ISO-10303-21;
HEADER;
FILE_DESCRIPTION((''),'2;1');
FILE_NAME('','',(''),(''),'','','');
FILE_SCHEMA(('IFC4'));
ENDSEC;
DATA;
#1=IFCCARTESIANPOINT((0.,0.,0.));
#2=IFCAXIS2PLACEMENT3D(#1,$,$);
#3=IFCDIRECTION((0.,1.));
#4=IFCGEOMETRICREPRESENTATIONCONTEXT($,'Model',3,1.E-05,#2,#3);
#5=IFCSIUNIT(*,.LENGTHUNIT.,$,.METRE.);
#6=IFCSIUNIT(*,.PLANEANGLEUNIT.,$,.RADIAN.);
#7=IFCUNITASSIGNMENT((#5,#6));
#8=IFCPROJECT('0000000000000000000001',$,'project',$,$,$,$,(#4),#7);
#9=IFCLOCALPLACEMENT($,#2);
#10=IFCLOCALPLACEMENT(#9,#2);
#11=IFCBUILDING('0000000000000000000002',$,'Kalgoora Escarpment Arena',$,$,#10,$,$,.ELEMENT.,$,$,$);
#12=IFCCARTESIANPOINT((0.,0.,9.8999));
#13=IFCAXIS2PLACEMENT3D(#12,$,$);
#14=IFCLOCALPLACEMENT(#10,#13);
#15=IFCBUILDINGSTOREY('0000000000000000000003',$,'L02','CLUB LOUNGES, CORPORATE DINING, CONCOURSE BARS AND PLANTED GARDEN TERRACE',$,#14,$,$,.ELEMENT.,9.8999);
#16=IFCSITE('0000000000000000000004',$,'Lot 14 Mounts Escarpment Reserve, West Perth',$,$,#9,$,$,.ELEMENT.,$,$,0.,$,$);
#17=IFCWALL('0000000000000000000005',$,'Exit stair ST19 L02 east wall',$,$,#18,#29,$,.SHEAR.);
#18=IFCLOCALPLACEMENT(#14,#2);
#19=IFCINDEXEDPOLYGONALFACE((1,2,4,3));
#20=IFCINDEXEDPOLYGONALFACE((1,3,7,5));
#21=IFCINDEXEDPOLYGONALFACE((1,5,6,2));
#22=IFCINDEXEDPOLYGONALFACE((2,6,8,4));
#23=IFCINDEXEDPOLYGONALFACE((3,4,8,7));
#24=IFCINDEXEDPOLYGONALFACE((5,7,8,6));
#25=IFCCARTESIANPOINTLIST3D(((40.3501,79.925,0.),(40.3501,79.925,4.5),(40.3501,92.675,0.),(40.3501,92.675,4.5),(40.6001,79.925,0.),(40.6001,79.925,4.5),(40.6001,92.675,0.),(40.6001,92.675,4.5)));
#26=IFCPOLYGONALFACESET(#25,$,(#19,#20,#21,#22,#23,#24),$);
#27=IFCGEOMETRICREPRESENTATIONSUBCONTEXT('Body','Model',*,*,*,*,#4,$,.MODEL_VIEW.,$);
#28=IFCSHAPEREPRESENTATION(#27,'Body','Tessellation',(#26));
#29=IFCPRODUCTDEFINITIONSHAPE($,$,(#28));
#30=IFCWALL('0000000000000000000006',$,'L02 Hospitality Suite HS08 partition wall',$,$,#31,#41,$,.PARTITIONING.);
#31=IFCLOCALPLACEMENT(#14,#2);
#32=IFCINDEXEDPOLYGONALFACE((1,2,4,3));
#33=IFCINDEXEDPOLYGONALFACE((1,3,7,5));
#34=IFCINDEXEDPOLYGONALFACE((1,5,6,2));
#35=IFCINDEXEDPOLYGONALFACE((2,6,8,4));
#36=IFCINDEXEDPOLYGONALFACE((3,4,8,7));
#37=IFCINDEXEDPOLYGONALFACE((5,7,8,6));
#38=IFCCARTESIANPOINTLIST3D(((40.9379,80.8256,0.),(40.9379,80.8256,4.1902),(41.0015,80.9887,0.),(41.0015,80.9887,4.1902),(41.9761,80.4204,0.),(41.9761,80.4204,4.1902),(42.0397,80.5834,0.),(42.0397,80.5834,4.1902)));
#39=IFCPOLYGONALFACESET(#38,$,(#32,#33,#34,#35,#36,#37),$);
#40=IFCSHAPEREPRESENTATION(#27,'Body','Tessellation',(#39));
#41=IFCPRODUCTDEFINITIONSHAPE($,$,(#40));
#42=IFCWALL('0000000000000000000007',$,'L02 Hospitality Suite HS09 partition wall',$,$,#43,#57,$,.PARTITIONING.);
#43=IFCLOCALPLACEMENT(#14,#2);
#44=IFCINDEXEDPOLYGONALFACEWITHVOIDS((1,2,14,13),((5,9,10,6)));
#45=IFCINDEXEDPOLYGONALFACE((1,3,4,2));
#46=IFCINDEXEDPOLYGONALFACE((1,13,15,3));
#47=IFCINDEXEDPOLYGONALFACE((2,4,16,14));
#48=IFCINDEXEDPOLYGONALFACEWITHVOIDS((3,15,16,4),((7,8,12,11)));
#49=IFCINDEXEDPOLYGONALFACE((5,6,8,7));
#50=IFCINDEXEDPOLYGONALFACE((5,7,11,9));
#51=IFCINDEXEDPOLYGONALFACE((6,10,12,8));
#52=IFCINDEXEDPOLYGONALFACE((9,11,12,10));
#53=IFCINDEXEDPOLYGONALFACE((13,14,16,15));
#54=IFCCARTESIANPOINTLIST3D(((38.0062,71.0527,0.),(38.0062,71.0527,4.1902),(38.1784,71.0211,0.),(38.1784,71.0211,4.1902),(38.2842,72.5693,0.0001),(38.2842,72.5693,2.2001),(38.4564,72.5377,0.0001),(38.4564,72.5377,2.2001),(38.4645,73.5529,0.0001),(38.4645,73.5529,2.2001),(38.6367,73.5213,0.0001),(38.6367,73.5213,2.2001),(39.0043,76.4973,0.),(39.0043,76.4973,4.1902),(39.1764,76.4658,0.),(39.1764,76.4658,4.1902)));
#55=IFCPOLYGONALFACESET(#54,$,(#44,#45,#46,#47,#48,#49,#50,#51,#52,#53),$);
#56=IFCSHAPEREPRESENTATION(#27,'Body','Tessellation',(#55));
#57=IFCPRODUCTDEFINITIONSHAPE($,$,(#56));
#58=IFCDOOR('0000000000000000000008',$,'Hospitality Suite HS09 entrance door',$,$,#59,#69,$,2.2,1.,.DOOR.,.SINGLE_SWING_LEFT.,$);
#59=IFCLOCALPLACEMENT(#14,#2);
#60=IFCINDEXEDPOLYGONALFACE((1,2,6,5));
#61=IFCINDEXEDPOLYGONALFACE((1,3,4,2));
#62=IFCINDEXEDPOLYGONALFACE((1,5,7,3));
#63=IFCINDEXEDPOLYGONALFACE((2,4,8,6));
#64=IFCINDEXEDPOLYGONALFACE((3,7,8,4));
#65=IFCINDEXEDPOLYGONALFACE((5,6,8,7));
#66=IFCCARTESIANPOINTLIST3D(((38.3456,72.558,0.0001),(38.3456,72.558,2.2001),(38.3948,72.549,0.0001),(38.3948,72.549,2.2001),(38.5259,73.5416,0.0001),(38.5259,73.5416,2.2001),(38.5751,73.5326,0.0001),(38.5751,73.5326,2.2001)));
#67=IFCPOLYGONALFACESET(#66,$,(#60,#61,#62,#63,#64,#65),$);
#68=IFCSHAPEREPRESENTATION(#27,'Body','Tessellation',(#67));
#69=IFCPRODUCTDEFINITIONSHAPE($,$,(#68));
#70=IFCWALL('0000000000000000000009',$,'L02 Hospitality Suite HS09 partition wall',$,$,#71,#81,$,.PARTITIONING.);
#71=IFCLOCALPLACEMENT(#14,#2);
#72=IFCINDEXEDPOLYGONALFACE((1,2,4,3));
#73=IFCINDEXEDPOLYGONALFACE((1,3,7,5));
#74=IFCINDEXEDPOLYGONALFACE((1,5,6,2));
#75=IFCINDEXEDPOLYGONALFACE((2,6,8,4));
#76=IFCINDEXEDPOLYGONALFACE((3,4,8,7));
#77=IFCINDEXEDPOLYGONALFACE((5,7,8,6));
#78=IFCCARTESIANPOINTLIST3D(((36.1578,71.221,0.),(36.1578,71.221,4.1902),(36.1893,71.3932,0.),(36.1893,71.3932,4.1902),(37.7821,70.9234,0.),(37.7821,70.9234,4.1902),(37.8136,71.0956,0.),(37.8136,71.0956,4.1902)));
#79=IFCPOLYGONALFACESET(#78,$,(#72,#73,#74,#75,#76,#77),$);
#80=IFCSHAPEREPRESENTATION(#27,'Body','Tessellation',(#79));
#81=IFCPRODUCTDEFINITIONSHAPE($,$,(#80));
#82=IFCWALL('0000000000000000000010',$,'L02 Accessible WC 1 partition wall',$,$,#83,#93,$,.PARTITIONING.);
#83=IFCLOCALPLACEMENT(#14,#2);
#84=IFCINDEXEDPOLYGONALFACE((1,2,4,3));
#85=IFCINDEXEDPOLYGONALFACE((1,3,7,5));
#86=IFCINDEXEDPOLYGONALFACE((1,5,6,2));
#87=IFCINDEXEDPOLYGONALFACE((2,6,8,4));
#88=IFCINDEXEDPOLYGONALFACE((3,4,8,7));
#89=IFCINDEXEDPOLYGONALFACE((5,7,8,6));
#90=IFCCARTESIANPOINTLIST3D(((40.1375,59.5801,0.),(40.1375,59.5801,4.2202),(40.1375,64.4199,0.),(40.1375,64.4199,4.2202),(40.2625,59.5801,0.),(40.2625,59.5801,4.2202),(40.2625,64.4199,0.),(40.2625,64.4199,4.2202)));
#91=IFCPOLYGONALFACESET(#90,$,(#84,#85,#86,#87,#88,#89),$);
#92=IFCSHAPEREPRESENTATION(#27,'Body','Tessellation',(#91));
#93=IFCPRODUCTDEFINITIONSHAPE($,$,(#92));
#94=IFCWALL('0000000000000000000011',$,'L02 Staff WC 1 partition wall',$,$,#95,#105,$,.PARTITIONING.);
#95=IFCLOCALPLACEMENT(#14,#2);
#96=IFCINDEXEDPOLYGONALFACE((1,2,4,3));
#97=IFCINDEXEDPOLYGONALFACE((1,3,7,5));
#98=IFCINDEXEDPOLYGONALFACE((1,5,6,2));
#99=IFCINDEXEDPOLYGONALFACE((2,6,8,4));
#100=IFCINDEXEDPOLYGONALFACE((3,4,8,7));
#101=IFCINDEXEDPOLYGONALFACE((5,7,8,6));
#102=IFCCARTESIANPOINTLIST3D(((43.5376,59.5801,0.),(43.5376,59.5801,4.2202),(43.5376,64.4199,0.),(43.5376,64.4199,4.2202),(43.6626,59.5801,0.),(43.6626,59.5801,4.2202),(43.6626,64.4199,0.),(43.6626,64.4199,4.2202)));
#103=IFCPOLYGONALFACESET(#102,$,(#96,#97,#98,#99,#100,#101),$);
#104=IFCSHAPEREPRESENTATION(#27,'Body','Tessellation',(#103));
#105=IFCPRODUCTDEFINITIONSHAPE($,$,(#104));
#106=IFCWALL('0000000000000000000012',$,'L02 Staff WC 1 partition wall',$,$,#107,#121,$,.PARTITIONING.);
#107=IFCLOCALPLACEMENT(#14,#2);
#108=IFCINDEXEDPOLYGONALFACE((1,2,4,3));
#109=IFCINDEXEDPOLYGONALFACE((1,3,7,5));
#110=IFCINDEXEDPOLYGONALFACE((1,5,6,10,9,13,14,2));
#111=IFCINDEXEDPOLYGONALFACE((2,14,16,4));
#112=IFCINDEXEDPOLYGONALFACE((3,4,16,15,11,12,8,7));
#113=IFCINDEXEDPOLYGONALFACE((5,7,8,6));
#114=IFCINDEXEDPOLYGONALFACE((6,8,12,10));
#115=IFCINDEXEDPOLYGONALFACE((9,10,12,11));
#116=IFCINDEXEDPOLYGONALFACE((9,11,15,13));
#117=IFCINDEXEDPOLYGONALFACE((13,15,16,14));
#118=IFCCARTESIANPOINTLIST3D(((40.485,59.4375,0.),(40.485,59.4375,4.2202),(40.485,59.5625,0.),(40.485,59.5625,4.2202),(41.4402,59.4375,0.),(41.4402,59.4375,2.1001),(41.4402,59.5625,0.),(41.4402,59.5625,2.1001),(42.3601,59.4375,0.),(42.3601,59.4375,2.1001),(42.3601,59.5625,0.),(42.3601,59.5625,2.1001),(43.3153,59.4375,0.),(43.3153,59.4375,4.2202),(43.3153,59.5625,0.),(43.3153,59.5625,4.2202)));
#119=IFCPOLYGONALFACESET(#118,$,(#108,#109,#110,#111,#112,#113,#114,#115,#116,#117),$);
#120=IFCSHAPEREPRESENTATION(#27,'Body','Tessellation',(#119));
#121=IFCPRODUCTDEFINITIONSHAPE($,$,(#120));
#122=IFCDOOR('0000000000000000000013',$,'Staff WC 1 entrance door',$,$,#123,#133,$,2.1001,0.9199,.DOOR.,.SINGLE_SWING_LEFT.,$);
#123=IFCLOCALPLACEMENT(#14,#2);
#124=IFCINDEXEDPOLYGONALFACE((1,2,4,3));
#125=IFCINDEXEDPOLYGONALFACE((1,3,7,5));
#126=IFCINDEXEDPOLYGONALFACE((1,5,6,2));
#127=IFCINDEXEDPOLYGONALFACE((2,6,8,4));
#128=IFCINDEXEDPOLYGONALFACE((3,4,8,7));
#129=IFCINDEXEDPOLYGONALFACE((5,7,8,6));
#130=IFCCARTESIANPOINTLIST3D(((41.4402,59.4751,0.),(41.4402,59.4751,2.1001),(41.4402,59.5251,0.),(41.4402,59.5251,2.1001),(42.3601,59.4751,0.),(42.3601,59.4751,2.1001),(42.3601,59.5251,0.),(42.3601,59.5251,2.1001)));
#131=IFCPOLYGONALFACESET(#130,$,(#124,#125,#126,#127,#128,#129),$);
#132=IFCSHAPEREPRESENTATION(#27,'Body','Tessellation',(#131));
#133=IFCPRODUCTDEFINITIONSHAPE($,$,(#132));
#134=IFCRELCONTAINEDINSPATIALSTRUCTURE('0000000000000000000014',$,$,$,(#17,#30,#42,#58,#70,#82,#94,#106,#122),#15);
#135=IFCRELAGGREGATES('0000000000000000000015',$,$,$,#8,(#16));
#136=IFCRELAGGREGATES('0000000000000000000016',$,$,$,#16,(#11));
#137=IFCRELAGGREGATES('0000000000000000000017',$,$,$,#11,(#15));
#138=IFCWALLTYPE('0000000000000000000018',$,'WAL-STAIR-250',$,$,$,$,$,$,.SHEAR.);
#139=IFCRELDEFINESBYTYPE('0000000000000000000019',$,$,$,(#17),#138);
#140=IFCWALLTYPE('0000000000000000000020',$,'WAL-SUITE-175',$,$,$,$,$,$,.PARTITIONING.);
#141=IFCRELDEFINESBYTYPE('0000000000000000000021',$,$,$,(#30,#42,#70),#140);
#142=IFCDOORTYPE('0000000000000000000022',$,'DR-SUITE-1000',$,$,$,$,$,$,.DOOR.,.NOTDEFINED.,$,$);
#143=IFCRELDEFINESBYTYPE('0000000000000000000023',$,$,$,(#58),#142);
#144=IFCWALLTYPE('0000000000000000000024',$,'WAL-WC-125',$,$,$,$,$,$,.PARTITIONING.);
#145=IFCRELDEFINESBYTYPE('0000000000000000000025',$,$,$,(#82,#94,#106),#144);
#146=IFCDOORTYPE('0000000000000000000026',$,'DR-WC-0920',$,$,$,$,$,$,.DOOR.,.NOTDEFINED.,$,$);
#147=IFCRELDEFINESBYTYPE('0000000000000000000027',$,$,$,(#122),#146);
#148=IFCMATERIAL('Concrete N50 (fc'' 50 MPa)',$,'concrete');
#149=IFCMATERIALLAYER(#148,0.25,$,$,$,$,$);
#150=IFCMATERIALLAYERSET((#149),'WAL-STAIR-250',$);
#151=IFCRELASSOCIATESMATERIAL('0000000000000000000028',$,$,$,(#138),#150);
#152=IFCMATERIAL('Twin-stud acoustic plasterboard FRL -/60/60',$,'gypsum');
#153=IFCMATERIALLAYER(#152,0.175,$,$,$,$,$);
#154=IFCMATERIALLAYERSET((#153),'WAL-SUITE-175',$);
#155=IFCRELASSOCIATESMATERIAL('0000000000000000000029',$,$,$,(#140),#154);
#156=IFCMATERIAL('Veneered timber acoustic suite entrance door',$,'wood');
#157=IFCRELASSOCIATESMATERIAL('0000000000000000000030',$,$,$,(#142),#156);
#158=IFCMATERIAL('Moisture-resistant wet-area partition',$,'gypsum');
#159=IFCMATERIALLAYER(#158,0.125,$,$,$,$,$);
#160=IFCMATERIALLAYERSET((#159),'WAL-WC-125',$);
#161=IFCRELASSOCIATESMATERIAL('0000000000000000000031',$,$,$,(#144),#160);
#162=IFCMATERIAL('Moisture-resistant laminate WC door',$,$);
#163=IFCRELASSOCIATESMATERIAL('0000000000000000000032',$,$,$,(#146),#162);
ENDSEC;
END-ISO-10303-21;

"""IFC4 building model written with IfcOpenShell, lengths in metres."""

from ifc_helpers import new_model, si_unit, direction, frame, frame_2d, origin, place, context, subcontext, project, spatial, rectangle, extrude, material, layer, layer_set, type_object, element, fill, save


model = new_model("IFC4")

# Units and contexts
model_context = context("Model", 3, precision=1e-05, world=origin(), true_north=direction((0.0, 1.0)))
body_context = subcontext(model_context, "Body", "Model", "MODEL_VIEW")
ifc_project = project(units=[si_unit("LENGTHUNIT", "METRE"), si_unit("PLANEANGLEUNIT", "RADIAN")], contexts=[model_context])

# Site, building, storey
site_placement = place(None, origin())
site = spatial("IfcSite", under=ifc_project, at=site_placement, Name="Lot 14 Mounts Escarpment Reserve, West Perth", CompositionType="ELEMENT", RefElevation=0.0)
building_placement = place(site_placement, origin())
building = spatial("IfcBuilding", under=site, at=building_placement, Name="Kalgoora Escarpment Arena", CompositionType="ELEMENT")
storey_placement = place(building_placement, frame((0.0, 0.0, 9.8999)))
storey = spatial("IfcBuildingStorey", under=building, at=storey_placement, Name="L02", Description="CLUB LOUNGES, CORPORATE DINING, CONCOURSE BARS AND PLANTED GARDEN TERRACE", CompositionType="ELEMENT", Elevation=9.8999)

# Walls
ifc_material_1 = material(Name="Concrete N50 (fc' 50 MPa)", Category="concrete")
ifc_layer_1 = layer(ifc_material_1, 0.25)
ifc_layer_set_1 = layer_set([ifc_layer_1], Name="WAL-STAIR-250")
wall_type_1 = type_object("IfcWallType", Name="WAL-STAIR-250", PredefinedType="SHEAR", material=ifc_layer_set_1)
wall_1_placement = place(storey_placement, frame((40.4751, 79.925, 0.0), z_axis=(0.0, 0.0, 1.0), x_axis=(0.0, 1.0, 0.0)))
element("IfcWall", 1, at=wall_1_placement, inside=storey, type_object=wall_type_1, Name="Exit stair ST19 L02 east wall", PredefinedType="SHEAR", context=body_context, shape_type="SweptSolid", body=[
    extrude(rectangle(XDim=12.75, YDim=0.25, at=frame_2d((6.375, 0.0))), origin(), (0.0, 0.0, 1.0), 4.5),
])
ifc_material_2 = material(Name="Twin-stud acoustic plasterboard FRL -/60/60", Category="gypsum")
ifc_layer_2 = layer(ifc_material_2, 0.175)
ifc_layer_set_2 = layer_set([ifc_layer_2], Name="WAL-SUITE-175")
wall_type_2 = type_object("IfcWallType", Name="WAL-SUITE-175", PredefinedType="PARTITIONING", material=ifc_layer_set_2)
wall_2_placement = place(storey_placement, frame((42.0078, 80.502, 0.0), z_axis=(0.0, 0.0, 1.0), x_axis=(-0.931556, 0.363598, 0.0)))
element("IfcWall", 2, at=wall_2_placement, inside=storey, type_object=wall_type_2, Name="L02 Hospitality Suite HS08 partition wall", PredefinedType="PARTITIONING", context=body_context, shape_type="SweptSolid", body=[
    extrude(rectangle(XDim=1.1145, YDim=0.175, at=frame_2d((0.5571, 0.0))), origin(), (0.0, 0.0, 1.0), 4.1902),
])

# Wall, opening, door
wall_3_placement = place(storey_placement, frame((39.0903, 76.4814, 0.0), z_axis=(0.0, 0.0, 1.0), x_axis=(-0.180306, -0.983611, 0.0)))
wall_3 = element("IfcWall", 3, at=wall_3_placement, inside=storey, type_object=wall_type_2, Name="L02 Hospitality Suite HS09 partition wall", PredefinedType="PARTITIONING", context=body_context, shape_type="SweptSolid", body=[
    extrude(rectangle(XDim=5.5354, YDim=0.175, at=frame_2d((2.7676, 0.0))), origin(), (0.0, 0.0, 1.0), 4.1902),
])
opening_1_placement = place(wall_3_placement, frame((2.9934, 0.0, 0.0)))
opening_1 = element("IfcOpeningElement", 4, at=opening_1_placement, cuts=wall_3, PredefinedType="OPENING", context=body_context, shape_type="SweptSolid", body=[
    extrude(rectangle(XDim=1.0, YDim=2.2, at=frame_2d((0.5, 1.1001))), frame((0.0, 0.0974, 0.0), z_axis=(0.0, -1.0, 0.0), x_axis=(1.0, 0.0, 0.0)), (0.0, 0.0, 1.0), 0.1951),
])
ifc_material_3 = material(Name="Veneered timber acoustic suite entrance door", Category="wood")
door_type_1 = type_object("IfcDoorType", Name="DR-SUITE-1000", OperationType="NOTDEFINED", PredefinedType="DOOR", material=ifc_material_3)
door_1_placement = place(opening_1_placement, origin())
door_1 = element("IfcDoor", 5, at=door_1_placement, inside=storey, type_object=door_type_1, Name="Hospitality Suite HS09 entrance door", OperationType="SINGLE_SWING_LEFT", OverallHeight=2.2, OverallWidth=1.0, PredefinedType="DOOR", context=body_context, shape_type="SweptSolid", body=[
    extrude(rectangle(XDim=1.0, YDim=2.2, at=frame_2d((0.5, 1.1001))), frame((0.0, 0.0249, 0.0), z_axis=(0.0, -1.0, 0.0), x_axis=(1.0, 0.0, 0.0)), (0.0, 0.0, 1.0), 0.05),
])
fill(opening_1, door_1)

# Walls
wall_4_placement = place(storey_placement, frame((37.7979, 71.0095, 0.0), z_axis=(0.0, 0.0, 1.0), x_axis=(-0.983625, 0.180225, 0.0)))
element("IfcWall", 6, at=wall_4_placement, inside=storey, type_object=wall_type_2, Name="L02 Hospitality Suite HS09 partition wall", PredefinedType="PARTITIONING", context=body_context, shape_type="SweptSolid", body=[
    extrude(rectangle(XDim=1.6514, YDim=0.175, at=frame_2d((0.8257, 0.0))), origin(), (0.0, 0.0, 1.0), 4.1902),
])
ifc_material_4 = material(Name="Moisture-resistant wet-area partition", Category="gypsum")
ifc_layer_3 = layer(ifc_material_4, 0.125)
ifc_layer_set_3 = layer_set([ifc_layer_3], Name="WAL-WC-125")
wall_type_3 = type_object("IfcWallType", Name="WAL-WC-125", PredefinedType="PARTITIONING", material=ifc_layer_set_3)
for number, where, z_axis, x_axis, name in (
    (7, (40.2, 64.4199, 0.0), (0.0, 0.0, 1.0), (0.0, -1.0, 0.0), "L02 Accessible WC 1 partition wall"),
    (8, (43.6001, 64.4199, 0.0), (0.0, 0.0, 1.0), (0.0, -1.0, 0.0), "L02 Staff WC 1 partition wall"),
):
    element("IfcWall", number, at=place(storey_placement, frame(where, z_axis=z_axis, x_axis=x_axis)), inside=storey, type_object=wall_type_3, Name=name, PredefinedType="PARTITIONING", context=body_context, shape_type="SweptSolid", body=[
        extrude(rectangle(XDim=4.8398, YDim=0.125, at=frame_2d((2.4199, 0.0))), origin(), (0.0, 0.0, 1.0), 4.2202),
    ])

# Wall, opening, door
wall_5_placement = place(storey_placement, frame((43.3152, 59.5, 0.0), z_axis=(0.0, 0.0, 1.0), x_axis=(-1.0, 0.0, 0.0)))
wall_5 = element("IfcWall", 9, at=wall_5_placement, inside=storey, type_object=wall_type_3, Name="L02 Staff WC 1 partition wall", PredefinedType="PARTITIONING", context=body_context, shape_type="SweptSolid", body=[
    extrude(rectangle(XDim=2.8303, YDim=0.125, at=frame_2d((1.415, 0.0))), origin(), (0.0, 0.0, 1.0), 4.2202),
])
opening_2_placement = place(wall_5_placement, frame((0.9551, 0.0, 0.0)))
opening_2 = element("IfcOpeningElement", 10, at=opening_2_placement, cuts=wall_5, PredefinedType="OPENING", context=body_context, shape_type="SweptSolid", body=[
    extrude(rectangle(XDim=0.9199, YDim=2.1001, at=frame_2d((0.46, 1.05))), frame((0.0, 0.0725, 0.0), z_axis=(0.0, -1.0, 0.0), x_axis=(1.0, 0.0, 0.0)), (0.0, 0.0, 1.0), 0.145),
])
ifc_material_5 = material(Name="Moisture-resistant laminate WC door")
door_type_2 = type_object("IfcDoorType", Name="DR-WC-0920", OperationType="NOTDEFINED", PredefinedType="DOOR", material=ifc_material_5)
door_2_placement = place(opening_2_placement, origin())
door_2 = element("IfcDoor", 11, at=door_2_placement, inside=storey, type_object=door_type_2, Name="Staff WC 1 entrance door", OperationType="SINGLE_SWING_LEFT", OverallHeight=2.1001, OverallWidth=0.9199, PredefinedType="DOOR", context=body_context, shape_type="SweptSolid", body=[
    extrude(rectangle(XDim=0.9199, YDim=2.1001, at=frame_2d((0.46, 1.05))), frame((0.0, 0.0249, 0.0), z_axis=(0.0, -1.0, 0.0), x_axis=(1.0, 0.0, 0.0)), (0.0, 0.0, 1.0), 0.05),
])
fill(opening_2, door_2)

save(model, "model.ifc")
